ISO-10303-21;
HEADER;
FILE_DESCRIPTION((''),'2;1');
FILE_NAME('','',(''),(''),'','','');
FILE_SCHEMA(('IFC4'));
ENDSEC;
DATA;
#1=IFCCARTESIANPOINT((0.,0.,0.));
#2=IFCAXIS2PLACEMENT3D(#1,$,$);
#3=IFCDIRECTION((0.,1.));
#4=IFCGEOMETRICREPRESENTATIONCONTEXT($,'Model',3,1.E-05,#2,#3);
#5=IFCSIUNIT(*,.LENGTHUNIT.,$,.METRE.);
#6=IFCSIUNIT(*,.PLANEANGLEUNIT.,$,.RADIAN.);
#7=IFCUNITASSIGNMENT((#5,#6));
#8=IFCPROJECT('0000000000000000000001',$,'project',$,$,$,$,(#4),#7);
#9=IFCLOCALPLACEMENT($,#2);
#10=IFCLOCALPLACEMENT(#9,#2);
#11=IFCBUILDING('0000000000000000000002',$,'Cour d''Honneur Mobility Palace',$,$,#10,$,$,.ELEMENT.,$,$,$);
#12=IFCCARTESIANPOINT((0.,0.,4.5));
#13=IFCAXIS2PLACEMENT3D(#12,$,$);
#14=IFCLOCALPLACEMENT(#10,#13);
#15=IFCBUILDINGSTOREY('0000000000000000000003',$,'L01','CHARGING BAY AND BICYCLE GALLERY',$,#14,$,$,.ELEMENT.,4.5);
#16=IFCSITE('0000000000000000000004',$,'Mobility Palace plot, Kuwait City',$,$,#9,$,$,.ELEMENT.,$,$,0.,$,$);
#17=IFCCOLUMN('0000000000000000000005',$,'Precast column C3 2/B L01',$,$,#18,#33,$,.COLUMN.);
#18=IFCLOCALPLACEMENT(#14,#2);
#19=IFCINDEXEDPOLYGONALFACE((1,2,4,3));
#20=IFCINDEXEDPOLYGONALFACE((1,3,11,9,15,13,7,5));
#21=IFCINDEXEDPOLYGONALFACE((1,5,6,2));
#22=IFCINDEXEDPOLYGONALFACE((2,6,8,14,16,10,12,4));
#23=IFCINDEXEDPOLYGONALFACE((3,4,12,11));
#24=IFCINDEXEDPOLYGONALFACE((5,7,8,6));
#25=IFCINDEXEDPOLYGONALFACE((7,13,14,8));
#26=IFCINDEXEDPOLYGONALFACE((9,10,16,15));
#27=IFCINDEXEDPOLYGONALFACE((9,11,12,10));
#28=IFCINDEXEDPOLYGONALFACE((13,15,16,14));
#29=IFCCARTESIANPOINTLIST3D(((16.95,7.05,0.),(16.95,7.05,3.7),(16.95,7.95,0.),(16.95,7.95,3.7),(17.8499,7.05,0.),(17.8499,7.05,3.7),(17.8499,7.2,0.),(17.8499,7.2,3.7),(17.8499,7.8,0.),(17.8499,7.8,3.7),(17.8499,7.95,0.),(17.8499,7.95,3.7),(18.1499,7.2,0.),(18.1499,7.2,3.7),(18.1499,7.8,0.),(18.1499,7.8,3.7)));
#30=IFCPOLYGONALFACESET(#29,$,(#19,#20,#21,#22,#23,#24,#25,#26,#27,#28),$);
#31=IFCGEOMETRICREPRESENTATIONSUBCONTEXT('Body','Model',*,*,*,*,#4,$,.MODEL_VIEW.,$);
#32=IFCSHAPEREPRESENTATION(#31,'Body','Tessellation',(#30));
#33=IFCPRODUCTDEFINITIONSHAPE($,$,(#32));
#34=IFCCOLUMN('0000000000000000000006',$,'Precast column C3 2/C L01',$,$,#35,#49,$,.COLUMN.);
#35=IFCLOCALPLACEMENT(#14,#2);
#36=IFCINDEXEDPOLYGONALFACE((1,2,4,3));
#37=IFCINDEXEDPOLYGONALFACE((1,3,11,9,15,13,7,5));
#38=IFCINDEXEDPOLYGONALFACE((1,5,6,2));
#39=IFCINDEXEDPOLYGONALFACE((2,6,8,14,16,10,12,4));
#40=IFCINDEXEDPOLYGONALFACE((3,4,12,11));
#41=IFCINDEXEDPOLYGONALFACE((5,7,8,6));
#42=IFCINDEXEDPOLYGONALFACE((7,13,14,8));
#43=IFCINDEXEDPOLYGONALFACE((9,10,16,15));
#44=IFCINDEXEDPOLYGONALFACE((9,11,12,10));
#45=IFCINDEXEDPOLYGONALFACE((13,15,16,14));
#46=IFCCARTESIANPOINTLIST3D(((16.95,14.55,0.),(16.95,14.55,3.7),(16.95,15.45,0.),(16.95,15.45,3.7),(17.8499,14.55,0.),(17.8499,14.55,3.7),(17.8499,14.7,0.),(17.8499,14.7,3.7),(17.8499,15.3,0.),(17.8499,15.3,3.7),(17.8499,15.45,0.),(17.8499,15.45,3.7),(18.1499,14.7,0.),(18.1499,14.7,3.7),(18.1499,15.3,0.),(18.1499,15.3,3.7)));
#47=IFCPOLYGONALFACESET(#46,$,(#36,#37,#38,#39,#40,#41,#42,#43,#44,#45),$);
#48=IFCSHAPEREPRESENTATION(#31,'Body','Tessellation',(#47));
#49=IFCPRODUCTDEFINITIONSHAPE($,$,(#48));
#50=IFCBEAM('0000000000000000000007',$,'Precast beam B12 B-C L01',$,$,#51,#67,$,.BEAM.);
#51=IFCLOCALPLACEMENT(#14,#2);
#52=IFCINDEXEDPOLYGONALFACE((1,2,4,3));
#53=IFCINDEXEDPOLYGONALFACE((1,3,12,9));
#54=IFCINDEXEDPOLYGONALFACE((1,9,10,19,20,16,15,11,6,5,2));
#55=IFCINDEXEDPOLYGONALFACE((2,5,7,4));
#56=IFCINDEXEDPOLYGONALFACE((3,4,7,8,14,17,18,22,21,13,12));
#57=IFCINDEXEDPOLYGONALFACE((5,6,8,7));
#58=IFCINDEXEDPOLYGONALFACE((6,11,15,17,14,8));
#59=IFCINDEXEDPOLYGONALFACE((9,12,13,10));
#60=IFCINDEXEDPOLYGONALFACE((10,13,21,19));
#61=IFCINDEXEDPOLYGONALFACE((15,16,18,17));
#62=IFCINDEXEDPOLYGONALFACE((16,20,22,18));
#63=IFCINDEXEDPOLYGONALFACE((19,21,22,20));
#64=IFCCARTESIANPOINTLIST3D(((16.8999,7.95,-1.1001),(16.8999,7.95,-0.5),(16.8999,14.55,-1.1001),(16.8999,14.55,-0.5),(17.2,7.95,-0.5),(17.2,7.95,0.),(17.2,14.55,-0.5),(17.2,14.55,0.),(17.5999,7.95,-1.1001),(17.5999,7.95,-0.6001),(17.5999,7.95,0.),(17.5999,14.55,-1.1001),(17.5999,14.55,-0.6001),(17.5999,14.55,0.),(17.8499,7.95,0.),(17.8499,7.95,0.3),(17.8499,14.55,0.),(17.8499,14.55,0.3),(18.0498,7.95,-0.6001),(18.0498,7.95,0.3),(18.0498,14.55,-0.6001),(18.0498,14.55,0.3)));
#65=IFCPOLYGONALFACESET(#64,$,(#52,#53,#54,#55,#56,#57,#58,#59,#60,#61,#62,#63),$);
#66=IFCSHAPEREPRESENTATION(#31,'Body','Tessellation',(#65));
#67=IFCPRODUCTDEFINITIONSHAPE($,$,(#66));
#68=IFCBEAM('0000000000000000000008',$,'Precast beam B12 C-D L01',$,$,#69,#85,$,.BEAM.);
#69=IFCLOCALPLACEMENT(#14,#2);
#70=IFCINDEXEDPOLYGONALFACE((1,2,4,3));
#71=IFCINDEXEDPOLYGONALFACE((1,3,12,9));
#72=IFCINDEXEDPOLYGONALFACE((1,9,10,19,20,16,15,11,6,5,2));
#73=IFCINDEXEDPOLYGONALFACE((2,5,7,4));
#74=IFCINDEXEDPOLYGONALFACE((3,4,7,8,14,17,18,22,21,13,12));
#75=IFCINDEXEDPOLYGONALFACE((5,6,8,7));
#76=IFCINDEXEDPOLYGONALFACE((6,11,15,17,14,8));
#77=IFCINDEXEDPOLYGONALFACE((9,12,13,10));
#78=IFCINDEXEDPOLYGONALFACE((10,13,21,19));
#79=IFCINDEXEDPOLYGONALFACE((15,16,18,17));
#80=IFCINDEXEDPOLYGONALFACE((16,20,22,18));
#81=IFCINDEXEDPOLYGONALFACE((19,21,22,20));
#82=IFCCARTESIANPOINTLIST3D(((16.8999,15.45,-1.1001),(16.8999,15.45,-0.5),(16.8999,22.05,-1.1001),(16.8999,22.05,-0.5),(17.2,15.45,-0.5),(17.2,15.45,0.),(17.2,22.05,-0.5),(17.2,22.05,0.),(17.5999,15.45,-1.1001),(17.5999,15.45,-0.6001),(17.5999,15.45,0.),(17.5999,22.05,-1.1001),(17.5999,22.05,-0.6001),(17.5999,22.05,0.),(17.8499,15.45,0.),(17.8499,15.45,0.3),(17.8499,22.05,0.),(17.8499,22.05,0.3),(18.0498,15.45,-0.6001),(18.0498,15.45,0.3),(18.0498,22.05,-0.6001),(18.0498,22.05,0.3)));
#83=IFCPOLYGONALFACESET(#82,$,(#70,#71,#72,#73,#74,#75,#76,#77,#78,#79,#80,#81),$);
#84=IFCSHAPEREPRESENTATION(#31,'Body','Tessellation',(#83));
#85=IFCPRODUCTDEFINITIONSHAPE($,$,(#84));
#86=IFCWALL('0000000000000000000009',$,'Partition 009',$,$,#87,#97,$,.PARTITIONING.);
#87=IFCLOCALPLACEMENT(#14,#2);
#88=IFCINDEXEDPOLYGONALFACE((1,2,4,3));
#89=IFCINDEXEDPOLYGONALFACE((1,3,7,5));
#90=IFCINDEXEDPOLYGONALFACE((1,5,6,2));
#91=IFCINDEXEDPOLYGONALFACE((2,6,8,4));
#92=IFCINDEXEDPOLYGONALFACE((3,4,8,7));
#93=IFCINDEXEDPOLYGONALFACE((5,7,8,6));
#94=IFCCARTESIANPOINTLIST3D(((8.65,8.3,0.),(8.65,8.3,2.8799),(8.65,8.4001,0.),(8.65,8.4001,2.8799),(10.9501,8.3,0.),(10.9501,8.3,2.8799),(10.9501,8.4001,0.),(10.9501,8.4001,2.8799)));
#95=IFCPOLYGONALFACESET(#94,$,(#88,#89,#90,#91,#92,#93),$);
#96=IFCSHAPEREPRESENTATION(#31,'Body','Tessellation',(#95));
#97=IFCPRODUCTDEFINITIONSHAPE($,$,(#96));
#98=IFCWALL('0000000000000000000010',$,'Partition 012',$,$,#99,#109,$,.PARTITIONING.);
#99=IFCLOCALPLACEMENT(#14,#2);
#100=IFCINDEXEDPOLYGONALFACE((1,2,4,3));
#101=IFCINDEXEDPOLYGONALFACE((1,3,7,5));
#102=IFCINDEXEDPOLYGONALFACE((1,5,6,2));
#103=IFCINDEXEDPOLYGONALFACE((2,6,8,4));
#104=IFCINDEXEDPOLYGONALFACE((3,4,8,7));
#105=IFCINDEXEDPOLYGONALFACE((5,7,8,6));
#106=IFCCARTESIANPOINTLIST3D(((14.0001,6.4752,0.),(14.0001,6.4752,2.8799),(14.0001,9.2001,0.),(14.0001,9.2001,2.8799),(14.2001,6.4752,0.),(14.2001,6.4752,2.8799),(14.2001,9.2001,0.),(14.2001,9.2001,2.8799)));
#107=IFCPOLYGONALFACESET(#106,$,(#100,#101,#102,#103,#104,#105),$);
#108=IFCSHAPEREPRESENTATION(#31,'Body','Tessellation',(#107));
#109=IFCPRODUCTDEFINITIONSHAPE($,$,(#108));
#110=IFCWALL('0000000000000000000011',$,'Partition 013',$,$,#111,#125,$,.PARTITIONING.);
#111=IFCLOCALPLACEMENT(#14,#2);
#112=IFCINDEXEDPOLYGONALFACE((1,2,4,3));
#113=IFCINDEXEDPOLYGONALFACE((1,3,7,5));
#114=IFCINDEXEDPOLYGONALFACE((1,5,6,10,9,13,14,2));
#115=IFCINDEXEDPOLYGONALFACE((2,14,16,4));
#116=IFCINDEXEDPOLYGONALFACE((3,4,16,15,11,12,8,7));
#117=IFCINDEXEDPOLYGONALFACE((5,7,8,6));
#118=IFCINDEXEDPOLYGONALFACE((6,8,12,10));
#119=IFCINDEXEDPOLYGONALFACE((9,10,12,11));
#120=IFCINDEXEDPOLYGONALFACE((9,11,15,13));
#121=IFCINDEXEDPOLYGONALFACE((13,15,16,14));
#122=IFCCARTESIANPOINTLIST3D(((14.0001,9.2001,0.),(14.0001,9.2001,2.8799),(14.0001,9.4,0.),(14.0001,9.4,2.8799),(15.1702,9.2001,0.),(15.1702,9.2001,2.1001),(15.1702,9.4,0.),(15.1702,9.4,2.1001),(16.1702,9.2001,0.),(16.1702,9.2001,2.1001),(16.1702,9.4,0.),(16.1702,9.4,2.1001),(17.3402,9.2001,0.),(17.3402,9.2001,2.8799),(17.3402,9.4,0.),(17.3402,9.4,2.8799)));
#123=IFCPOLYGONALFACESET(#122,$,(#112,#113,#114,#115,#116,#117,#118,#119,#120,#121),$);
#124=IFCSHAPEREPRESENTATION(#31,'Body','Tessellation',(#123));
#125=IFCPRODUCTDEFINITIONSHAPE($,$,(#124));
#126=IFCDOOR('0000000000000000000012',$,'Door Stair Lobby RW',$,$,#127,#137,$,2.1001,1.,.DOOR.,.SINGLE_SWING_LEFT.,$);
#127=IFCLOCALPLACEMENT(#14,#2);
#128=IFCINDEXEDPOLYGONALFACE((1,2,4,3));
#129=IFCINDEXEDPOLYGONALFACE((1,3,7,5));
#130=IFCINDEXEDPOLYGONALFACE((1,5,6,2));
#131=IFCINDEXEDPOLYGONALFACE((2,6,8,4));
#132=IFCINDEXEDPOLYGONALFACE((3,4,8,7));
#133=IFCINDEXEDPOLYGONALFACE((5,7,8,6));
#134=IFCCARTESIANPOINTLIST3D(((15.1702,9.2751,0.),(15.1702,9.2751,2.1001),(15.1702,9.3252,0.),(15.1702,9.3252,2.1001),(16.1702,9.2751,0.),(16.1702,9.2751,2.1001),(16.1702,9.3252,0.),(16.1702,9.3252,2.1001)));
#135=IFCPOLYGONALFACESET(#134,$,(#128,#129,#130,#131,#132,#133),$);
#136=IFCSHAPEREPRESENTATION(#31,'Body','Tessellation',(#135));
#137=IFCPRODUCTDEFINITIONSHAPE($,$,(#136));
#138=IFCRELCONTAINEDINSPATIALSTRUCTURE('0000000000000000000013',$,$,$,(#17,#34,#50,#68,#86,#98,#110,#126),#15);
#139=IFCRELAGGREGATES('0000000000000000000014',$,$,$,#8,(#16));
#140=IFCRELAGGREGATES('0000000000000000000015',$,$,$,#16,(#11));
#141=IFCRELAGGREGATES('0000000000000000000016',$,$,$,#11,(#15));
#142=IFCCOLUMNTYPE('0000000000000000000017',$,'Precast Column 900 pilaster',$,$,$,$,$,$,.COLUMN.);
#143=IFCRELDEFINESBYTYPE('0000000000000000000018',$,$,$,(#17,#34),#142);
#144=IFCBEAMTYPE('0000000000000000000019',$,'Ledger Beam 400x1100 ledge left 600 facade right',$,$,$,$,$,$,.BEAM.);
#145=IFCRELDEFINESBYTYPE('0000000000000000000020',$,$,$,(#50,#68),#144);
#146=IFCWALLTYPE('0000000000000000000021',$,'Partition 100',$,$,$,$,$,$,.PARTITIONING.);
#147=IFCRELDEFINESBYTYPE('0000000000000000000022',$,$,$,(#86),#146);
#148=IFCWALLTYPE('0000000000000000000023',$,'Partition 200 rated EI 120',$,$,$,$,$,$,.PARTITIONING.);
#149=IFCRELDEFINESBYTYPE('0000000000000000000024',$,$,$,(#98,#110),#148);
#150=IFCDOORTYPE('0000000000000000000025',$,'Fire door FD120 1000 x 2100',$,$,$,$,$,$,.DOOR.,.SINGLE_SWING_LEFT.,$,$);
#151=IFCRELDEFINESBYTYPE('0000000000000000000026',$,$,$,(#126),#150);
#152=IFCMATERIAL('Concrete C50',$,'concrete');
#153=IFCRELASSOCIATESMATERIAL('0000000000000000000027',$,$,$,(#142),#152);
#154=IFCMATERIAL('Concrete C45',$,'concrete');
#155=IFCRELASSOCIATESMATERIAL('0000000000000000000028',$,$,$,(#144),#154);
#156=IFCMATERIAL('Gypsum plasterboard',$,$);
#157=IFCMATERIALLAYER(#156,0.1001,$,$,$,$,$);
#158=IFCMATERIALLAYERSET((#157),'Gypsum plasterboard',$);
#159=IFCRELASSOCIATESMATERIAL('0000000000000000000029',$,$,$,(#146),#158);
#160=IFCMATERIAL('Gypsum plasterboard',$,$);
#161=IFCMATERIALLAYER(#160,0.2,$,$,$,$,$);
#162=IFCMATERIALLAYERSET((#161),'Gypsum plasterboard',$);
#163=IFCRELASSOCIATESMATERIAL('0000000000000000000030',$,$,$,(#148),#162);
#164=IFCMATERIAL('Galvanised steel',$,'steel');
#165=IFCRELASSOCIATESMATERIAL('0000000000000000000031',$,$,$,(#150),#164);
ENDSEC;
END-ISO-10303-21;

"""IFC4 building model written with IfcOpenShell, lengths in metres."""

from ifc_helpers import new_model, si_unit, direction, frame, frame_2d, origin, place, context, subcontext, project, spatial, polyline, rectangle, outline, extrude, material, layer, layer_set, material_profile, profile_set, type_object, element, fill, save


model = new_model("IFC4")

# Units and contexts
model_context = context("Model", 3, precision=1e-05, world=origin(), true_north=direction((0.0, 1.0)))
body_context = subcontext(model_context, "Body", "Model", "MODEL_VIEW")
ifc_project = project(units=[si_unit("LENGTHUNIT", "METRE"), si_unit("PLANEANGLEUNIT", "RADIAN")], contexts=[model_context])

# Site, building, storey
site_placement = place(None, origin())
site = spatial("IfcSite", under=ifc_project, at=site_placement, Name="Mobility Palace plot, Kuwait City", CompositionType="ELEMENT", RefElevation=0.0)
building_placement = place(site_placement, origin())
building = spatial("IfcBuilding", under=site, at=building_placement, Name="Cour d'Honneur Mobility Palace", CompositionType="ELEMENT")
storey_placement = place(building_placement, frame((0.0, 0.0, 4.5)))
storey = spatial("IfcBuildingStorey", under=building, at=storey_placement, Name="L01", Description="CHARGING BAY AND BICYCLE GALLERY", CompositionType="ELEMENT", Elevation=4.5)

# Columns
ifc_material_1 = material(Name="Concrete C50", Category="concrete")
ifc_material_profile_1 = material_profile(ifc_material_1, outline(polyline([(-0.45, -0.45), (0.45, -0.45), (0.45, -0.3), (0.75, -0.3), (0.75, 0.3), (0.45, 0.3), (0.45, 0.45), (-0.45, 0.45), (-0.45, -0.45)])), Name="PC C900 pilaster")
ifc_profile_set_1 = profile_set([ifc_material_profile_1], Name="Concrete C50")
column_type = type_object("IfcColumnType", Name="Precast Column 900 pilaster", PredefinedType="COLUMN", material=ifc_profile_set_1)
for number, where, z_axis, x_axis, name in (
    (1, (17.3999, 7.5, 0.0), (0.0, 0.0, 1.0), (1.0, 0.0, 0.0), "Precast column C3 2/B L01"),
    (2, (17.3999, 15.0, 0.0), (0.0, 0.0, 1.0), (1.0, 0.0, 0.0), "Precast column C3 2/C L01"),
):
    element("IfcColumn", number, at=place(storey_placement, frame(where, z_axis=z_axis, x_axis=x_axis)), inside=storey, type_object=column_type, Name=name, PredefinedType="COLUMN", context=body_context, shape_type="SweptSolid", body=[
        extrude(outline(polyline([(-0.45, -0.45), (0.45, -0.45), (0.45, -0.3), (0.75, -0.3), (0.75, 0.3), (0.45, 0.3), (0.45, 0.45), (-0.45, 0.45), (-0.45, -0.45)])), origin(), (0.0, 0.0, 1.0), 3.7),
    ])

# Beams
ifc_material_2 = material(Name="Concrete C45", Category="concrete")
ifc_material_profile_2 = material_profile(ifc_material_2, outline(polyline([(0.5, -1.1001), (0.5, -0.5), (0.2, -0.5), (0.2, 0.0), (-0.2, 0.0), (-0.45, 0.0), (-0.45, 0.3), (-0.6499, 0.3), (-0.6499, -0.6001), (-0.2, -0.6001), (-0.2, -1.1001), (0.5, -1.1001)])), Name="Ledger Beam 400x1100 ledge left 600 facade right")
ifc_profile_set_2 = profile_set([ifc_material_profile_2], Name="Concrete C45")
beam_type = type_object("IfcBeamType", Name="Ledger Beam 400x1100 ledge left 600 facade right", PredefinedType="BEAM", material=ifc_profile_set_2)
for number, where, z_axis, x_axis, name in (
    (3, (17.3999, 7.95, 0.0), (0.0, 1.0, 0.0), (-1.0, 0.0, 0.0), "Precast beam B12 B-C L01"),
    (4, (17.3999, 15.45, 0.0), (0.0, 1.0, 0.0), (-1.0, 0.0, 0.0), "Precast beam B12 C-D L01"),
):
    element("IfcBeam", number, at=place(storey_placement, frame(where, z_axis=z_axis, x_axis=x_axis)), inside=storey, type_object=beam_type, Name=name, PredefinedType="BEAM", context=body_context, shape_type="SweptSolid", body=[
        extrude(outline(polyline([(0.5, -1.1001), (0.5, -0.5), (0.2, -0.5), (0.2, 0.0), (-0.2, 0.0), (-0.45, 0.0), (-0.45, 0.3), (-0.6499, 0.3), (-0.6499, -0.6001), (-0.2, -0.6001), (-0.2, -1.1001), (0.5, -1.1001)])), origin(), (0.0, 0.0, 1.0), 6.6001),
    ])

# Walls
ifc_material_3 = material(Name="Gypsum plasterboard")
ifc_layer_1 = layer(ifc_material_3, 0.1001)
ifc_layer_set_1 = layer_set([ifc_layer_1], Name="Gypsum plasterboard")
wall_type_1 = type_object("IfcWallType", Name="Partition 100", PredefinedType="PARTITIONING", material=ifc_layer_set_1)
wall_1_placement = place(storey_placement, frame((10.95, 8.3501, 0.0), z_axis=(0.0, 0.0, 1.0), x_axis=(-1.0, 0.0, 0.0)))
element("IfcWall", 5, at=wall_1_placement, inside=storey, type_object=wall_type_1, Name="Partition 009", PredefinedType="PARTITIONING", context=body_context, shape_type="SweptSolid", body=[
    extrude(rectangle(XDim=2.3, YDim=0.1001, at=frame_2d((1.1499, 0.0))), origin(), (0.0, 0.0, 1.0), 2.8799),
])
ifc_material_4 = material(Name="Gypsum plasterboard")
ifc_layer_2 = layer(ifc_material_4, 0.2)
ifc_layer_set_2 = layer_set([ifc_layer_2], Name="Gypsum plasterboard")
wall_type_2 = type_object("IfcWallType", Name="Partition 200 rated EI 120", PredefinedType="PARTITIONING", material=ifc_layer_set_2)
wall_2_placement = place(storey_placement, frame((14.1001, 9.2, 0.0), z_axis=(0.0, 0.0, 1.0), x_axis=(0.0, -1.0, 0.0)))
element("IfcWall", 6, at=wall_2_placement, inside=storey, type_object=wall_type_2, Name="Partition 012", PredefinedType="PARTITIONING", context=body_context, shape_type="SweptSolid", body=[
    extrude(rectangle(XDim=2.7249, YDim=0.2, at=frame_2d((1.3623, 0.0))), origin(), (0.0, 0.0, 1.0), 2.8799),
])

# Wall, opening, door
wall_3_placement = place(storey_placement, frame((17.3401, 9.3, 0.0), z_axis=(0.0, 0.0, 1.0), x_axis=(-1.0, 0.0, 0.0)))
wall_3 = element("IfcWall", 7, at=wall_3_placement, inside=storey, type_object=wall_type_2, Name="Partition 013", PredefinedType="PARTITIONING", context=body_context, shape_type="SweptSolid", body=[
    extrude(rectangle(XDim=3.3401, YDim=0.2, at=frame_2d((1.6699, 0.0))), origin(), (0.0, 0.0, 1.0), 2.8799),
])
opening_placement = place(wall_3_placement, frame((1.1699, 0.0, 0.0)))
opening = element("IfcOpeningElement", 8, at=opening_placement, cuts=wall_3, PredefinedType="OPENING", context=body_context, shape_type="SweptSolid", body=[
    extrude(rectangle(XDim=1.0, YDim=2.1001, at=frame_2d((0.5, 1.05))), frame((0.0, 0.1099, 0.0), z_axis=(0.0, -1.0, 0.0), x_axis=(1.0, 0.0, 0.0)), (0.0, 0.0, 1.0), 0.22),
])
ifc_material_5 = material(Name="Galvanised steel", Category="steel")
door_type = type_object("IfcDoorType", Name="Fire door FD120 1000 x 2100", OperationType="SINGLE_SWING_LEFT", PredefinedType="DOOR", material=ifc_material_5)
door_placement = place(opening_placement, origin())
door = element("IfcDoor", 9, at=door_placement, inside=storey, type_object=door_type, Name="Door Stair Lobby RW", OperationType="SINGLE_SWING_LEFT", OverallHeight=2.1001, OverallWidth=1.0, PredefinedType="DOOR", context=body_context, shape_type="SweptSolid", body=[
    extrude(rectangle(XDim=1.0, YDim=2.1001, at=frame_2d((0.5, 1.05))), frame((0.0, 0.0249, 0.0), z_axis=(0.0, -1.0, 0.0), x_axis=(1.0, 0.0, 0.0)), (0.0, 0.0, 1.0), 0.05),
])
fill(opening, door)

save(model, "model.ifc")
